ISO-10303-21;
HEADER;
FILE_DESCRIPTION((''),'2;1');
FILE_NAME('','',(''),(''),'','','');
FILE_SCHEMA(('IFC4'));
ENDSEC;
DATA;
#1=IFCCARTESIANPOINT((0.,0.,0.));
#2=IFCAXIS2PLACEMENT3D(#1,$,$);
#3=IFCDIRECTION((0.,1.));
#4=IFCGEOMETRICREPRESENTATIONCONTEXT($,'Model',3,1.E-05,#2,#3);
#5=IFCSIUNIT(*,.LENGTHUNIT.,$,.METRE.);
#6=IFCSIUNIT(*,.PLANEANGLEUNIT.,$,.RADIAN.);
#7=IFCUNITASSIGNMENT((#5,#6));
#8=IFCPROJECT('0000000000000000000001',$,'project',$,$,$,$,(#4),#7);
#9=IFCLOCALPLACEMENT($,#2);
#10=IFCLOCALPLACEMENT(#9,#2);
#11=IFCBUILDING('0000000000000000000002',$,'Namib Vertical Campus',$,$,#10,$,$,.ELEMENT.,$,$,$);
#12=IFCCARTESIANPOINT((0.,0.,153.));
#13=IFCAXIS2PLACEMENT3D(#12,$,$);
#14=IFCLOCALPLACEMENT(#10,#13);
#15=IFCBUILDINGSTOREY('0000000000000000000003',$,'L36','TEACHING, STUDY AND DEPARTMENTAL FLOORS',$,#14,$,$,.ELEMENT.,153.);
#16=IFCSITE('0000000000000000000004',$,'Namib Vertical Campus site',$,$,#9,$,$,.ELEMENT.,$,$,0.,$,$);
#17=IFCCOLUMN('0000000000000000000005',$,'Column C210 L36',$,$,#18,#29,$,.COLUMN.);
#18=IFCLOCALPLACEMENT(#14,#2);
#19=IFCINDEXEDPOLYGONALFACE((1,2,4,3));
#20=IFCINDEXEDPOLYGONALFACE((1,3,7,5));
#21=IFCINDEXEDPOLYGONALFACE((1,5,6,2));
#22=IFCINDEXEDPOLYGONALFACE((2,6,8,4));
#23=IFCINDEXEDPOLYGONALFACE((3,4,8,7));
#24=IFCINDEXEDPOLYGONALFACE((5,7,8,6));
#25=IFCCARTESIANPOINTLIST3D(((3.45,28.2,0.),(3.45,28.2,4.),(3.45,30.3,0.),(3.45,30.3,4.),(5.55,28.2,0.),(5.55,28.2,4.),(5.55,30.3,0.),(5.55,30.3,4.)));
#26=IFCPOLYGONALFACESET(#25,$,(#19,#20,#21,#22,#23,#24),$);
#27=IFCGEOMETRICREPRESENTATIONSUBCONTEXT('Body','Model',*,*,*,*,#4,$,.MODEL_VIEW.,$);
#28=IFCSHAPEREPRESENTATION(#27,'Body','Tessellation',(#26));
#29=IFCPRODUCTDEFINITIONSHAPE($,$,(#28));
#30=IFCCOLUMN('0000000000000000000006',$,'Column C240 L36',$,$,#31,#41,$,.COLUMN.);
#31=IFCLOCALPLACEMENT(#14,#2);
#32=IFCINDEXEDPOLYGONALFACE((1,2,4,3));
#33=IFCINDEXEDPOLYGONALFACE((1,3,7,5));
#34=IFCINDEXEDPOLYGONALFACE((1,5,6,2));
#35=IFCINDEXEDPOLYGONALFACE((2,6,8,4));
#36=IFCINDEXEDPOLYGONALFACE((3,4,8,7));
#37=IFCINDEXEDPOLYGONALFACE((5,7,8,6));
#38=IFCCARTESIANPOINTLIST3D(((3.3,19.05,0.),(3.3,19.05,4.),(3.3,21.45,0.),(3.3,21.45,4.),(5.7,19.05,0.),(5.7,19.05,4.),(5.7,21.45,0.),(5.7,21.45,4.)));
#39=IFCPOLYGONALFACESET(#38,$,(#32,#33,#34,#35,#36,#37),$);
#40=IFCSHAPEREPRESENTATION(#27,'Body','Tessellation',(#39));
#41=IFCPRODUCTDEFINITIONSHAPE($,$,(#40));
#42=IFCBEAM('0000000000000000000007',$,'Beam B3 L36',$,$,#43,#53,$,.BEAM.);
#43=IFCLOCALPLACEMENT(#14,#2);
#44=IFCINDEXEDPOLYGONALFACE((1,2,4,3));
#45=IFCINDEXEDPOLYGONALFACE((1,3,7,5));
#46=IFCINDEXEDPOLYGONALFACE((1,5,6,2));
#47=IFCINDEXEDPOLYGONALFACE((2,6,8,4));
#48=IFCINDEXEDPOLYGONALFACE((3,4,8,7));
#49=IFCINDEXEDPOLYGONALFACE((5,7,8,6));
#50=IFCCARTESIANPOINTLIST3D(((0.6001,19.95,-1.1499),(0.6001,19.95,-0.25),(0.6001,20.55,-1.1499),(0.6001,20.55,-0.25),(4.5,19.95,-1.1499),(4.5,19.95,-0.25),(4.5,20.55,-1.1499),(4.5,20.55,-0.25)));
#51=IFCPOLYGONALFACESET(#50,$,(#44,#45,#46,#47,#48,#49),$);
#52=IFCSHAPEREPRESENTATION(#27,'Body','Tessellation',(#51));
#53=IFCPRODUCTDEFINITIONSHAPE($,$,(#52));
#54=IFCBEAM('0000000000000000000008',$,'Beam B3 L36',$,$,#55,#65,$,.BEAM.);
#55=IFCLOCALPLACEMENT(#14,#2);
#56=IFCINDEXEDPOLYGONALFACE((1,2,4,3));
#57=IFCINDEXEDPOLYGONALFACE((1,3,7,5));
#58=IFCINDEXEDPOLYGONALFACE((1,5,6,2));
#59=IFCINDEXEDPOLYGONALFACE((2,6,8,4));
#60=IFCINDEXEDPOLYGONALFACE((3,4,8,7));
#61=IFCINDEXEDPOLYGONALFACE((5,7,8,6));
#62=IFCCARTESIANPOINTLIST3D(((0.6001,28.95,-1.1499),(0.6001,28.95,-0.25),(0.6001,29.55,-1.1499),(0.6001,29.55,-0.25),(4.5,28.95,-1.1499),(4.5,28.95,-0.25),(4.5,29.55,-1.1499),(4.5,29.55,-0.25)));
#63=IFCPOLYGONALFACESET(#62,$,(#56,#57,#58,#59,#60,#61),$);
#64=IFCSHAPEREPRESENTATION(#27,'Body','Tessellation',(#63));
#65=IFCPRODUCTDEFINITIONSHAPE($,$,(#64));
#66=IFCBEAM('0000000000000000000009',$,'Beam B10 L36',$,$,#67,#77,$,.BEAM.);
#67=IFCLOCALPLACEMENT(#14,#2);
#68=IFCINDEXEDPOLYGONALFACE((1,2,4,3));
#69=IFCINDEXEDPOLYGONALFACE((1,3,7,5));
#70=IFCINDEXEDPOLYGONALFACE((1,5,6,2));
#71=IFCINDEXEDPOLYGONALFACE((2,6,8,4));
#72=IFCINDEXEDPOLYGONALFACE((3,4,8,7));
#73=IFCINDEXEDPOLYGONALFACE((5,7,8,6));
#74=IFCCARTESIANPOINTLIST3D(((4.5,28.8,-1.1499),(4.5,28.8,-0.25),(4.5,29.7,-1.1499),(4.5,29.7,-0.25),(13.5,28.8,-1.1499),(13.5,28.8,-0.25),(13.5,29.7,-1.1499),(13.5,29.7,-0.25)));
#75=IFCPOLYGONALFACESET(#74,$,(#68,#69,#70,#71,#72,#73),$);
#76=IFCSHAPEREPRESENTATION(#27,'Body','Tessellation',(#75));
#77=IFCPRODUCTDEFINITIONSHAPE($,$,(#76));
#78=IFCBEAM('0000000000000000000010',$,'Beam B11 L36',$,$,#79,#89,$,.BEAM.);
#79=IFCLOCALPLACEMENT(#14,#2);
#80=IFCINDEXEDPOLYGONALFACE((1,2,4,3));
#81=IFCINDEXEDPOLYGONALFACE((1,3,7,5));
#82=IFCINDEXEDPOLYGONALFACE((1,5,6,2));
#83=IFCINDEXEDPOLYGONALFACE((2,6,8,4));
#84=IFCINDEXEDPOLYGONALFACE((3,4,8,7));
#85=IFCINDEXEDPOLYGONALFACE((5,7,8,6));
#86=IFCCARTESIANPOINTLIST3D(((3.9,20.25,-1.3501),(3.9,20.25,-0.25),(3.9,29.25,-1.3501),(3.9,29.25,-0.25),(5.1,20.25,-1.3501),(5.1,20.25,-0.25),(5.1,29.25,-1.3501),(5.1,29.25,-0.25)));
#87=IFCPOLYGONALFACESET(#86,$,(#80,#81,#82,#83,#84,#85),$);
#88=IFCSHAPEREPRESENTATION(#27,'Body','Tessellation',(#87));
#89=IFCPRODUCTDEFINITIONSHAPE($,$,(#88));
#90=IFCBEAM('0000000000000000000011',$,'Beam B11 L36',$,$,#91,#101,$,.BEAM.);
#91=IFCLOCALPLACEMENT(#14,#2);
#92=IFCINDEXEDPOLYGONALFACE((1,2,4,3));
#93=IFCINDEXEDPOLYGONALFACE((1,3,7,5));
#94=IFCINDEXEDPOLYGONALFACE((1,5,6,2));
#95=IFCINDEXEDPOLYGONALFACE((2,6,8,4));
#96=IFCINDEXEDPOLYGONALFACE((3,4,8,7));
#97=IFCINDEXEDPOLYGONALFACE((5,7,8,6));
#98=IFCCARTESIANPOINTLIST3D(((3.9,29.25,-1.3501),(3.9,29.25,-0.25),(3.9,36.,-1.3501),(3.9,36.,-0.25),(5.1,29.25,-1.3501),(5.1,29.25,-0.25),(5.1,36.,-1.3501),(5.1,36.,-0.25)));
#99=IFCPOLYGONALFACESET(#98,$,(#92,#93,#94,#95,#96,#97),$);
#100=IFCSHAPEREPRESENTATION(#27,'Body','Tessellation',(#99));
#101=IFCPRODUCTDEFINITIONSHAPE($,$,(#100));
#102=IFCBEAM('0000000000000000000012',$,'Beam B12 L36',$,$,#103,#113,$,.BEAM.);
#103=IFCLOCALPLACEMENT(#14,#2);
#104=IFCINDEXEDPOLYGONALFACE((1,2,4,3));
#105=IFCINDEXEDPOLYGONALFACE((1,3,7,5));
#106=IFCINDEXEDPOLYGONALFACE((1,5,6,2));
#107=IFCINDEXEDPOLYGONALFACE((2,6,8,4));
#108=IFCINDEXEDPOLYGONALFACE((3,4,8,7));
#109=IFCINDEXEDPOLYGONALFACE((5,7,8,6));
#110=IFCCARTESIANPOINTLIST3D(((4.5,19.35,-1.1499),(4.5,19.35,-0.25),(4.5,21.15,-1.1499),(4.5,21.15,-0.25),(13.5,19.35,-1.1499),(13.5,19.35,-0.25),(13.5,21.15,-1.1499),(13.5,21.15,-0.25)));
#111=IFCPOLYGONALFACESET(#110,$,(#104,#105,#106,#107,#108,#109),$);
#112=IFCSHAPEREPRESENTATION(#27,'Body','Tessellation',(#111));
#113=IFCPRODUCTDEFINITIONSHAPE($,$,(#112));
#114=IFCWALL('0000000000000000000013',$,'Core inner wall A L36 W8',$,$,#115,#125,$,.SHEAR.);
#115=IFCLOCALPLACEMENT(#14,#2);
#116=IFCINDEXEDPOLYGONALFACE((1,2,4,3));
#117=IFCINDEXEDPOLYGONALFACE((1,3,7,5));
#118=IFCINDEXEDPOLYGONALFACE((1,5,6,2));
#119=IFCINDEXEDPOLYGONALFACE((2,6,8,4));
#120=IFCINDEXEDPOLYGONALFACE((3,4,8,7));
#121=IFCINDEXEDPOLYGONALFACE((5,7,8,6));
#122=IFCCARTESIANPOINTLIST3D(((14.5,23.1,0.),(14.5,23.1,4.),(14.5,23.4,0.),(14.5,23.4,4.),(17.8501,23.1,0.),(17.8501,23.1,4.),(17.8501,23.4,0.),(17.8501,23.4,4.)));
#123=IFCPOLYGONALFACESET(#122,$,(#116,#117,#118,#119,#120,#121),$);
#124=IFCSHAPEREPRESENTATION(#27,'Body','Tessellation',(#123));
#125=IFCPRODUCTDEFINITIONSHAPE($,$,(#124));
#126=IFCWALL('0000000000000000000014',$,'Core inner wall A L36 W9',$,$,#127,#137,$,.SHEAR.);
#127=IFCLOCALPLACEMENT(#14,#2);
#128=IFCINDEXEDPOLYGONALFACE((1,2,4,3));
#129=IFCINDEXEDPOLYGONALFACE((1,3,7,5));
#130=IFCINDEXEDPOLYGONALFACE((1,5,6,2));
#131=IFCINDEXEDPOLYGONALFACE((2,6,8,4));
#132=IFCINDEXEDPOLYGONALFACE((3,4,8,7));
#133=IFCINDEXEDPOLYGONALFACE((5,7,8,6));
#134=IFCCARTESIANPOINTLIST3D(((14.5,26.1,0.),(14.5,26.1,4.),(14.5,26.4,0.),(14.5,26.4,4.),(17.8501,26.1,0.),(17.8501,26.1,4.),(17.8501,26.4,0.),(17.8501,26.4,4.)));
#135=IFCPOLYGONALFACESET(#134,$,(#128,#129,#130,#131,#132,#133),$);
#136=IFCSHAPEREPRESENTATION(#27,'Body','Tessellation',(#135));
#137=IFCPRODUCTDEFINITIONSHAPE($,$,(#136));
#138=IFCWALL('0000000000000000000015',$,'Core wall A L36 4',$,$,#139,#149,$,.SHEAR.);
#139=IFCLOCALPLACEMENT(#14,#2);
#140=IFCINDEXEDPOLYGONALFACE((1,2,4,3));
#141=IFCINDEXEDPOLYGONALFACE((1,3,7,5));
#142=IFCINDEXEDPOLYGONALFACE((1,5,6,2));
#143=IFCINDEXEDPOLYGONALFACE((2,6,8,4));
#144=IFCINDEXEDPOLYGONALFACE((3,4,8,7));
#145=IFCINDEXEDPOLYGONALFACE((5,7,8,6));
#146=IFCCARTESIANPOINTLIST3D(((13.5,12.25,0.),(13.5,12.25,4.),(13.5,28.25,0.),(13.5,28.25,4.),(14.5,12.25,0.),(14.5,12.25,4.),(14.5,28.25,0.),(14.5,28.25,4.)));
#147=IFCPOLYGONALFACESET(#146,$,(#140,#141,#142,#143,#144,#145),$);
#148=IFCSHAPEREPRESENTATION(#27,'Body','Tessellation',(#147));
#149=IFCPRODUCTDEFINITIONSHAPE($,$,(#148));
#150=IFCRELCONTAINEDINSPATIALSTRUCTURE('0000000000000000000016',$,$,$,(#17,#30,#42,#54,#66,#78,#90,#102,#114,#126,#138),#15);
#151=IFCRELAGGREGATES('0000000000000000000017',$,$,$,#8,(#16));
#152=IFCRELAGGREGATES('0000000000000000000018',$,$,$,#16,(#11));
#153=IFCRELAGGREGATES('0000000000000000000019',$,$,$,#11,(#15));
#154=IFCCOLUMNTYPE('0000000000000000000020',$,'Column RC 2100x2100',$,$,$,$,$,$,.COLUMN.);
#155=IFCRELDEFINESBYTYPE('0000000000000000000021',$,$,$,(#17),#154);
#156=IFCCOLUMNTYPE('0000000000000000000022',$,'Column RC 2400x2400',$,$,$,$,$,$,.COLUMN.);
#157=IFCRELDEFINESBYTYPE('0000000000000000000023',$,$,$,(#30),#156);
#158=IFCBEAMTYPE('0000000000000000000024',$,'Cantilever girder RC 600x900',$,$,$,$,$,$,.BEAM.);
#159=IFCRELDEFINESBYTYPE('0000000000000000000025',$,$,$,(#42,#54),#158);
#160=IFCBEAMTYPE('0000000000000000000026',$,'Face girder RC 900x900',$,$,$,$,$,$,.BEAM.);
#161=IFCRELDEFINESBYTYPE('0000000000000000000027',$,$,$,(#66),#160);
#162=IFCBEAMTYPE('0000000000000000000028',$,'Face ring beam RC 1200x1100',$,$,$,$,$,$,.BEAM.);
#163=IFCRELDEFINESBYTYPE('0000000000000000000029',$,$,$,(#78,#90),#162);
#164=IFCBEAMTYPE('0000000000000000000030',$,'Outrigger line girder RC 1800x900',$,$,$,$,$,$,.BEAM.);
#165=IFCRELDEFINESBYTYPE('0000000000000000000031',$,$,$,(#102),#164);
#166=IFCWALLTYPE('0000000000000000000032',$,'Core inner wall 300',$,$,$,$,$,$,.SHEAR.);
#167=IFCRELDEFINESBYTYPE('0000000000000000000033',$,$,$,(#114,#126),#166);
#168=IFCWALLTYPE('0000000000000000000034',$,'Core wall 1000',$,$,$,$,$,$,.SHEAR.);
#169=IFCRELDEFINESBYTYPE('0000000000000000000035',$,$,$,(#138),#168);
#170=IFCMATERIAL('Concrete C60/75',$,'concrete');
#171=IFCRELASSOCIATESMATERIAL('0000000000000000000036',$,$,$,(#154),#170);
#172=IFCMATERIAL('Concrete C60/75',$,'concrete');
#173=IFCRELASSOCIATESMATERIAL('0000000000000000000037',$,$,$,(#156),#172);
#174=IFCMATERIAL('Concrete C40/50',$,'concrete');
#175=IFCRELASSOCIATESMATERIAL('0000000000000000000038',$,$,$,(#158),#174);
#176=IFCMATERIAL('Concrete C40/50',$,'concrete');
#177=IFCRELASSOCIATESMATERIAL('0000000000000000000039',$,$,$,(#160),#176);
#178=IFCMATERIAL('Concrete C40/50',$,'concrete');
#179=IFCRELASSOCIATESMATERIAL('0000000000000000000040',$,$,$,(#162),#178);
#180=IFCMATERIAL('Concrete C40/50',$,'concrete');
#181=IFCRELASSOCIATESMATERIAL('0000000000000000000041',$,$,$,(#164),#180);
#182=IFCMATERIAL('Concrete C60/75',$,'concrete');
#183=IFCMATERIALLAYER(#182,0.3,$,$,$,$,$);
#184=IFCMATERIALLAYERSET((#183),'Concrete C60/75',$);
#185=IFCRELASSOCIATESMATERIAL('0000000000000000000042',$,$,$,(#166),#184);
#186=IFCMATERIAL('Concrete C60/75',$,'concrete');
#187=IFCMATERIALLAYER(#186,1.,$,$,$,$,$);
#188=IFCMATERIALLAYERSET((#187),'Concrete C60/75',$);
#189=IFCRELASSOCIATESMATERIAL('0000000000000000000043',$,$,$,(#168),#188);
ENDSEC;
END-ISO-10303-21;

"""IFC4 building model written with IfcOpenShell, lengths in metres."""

from ifc_helpers import new_model, si_unit, direction, frame, frame_2d, origin, origin_2d, place, context, subcontext, project, spatial, rectangle, extrude, material, layer, layer_set, material_profile, profile_set, type_object, element, save


model = new_model("IFC4")

# Units and contexts
model_context = context("Model", 3, precision=1e-05, world=origin(), true_north=direction((0.0, 1.0)))
body_context = subcontext(model_context, "Body", "Model", "MODEL_VIEW")
ifc_project = project(units=[si_unit("LENGTHUNIT", "METRE"), si_unit("PLANEANGLEUNIT", "RADIAN")], contexts=[model_context])

# Site, building, storey
site_placement = place(None, origin())
site = spatial("IfcSite", under=ifc_project, at=site_placement, Name="Namib Vertical Campus site", CompositionType="ELEMENT", RefElevation=0.0)
building_placement = place(site_placement, origin())
building = spatial("IfcBuilding", under=site, at=building_placement, Name="Namib Vertical Campus", CompositionType="ELEMENT")
storey_placement = place(building_placement, frame((0.0, 0.0, 153.0)))
storey = spatial("IfcBuildingStorey", under=building, at=storey_placement, Name="L36", Description="TEACHING, STUDY AND DEPARTMENTAL FLOORS", CompositionType="ELEMENT", Elevation=153.0)

# Columns
ifc_material_1 = material(Name="Concrete C60/75", Category="concrete")
ifc_material_profile_1 = material_profile(ifc_material_1, rectangle(XDim=2.1001, YDim=2.1001, at=origin_2d()))
ifc_profile_set_1 = profile_set([ifc_material_profile_1], Name="Concrete C60/75")
column_type_1 = type_object("IfcColumnType", Name="Column RC 2100x2100", PredefinedType="COLUMN", material=ifc_profile_set_1)
column_1_placement = place(storey_placement, frame((4.5, 29.25, 0.0), z_axis=(0.0, 0.0, 1.0), x_axis=(1.0, 0.0, 0.0)))
element("IfcColumn", 1, at=column_1_placement, inside=storey, type_object=column_type_1, Name="Column C210 L36", PredefinedType="COLUMN", context=body_context, shape_type="SweptSolid", body=[
    extrude(rectangle(XDim=2.1001, YDim=2.1001, at=origin_2d()), origin(), (0.0, 0.0, 1.0), 4.0),
])
ifc_material_2 = material(Name="Concrete C60/75", Category="concrete")
ifc_material_profile_2 = material_profile(ifc_material_2, rectangle(XDim=2.3999, YDim=2.3999, at=origin_2d()))
ifc_profile_set_2 = profile_set([ifc_material_profile_2], Name="Concrete C60/75")
column_type_2 = type_object("IfcColumnType", Name="Column RC 2400x2400", PredefinedType="COLUMN", material=ifc_profile_set_2)
column_2_placement = place(storey_placement, frame((4.5, 20.25, 0.0), z_axis=(0.0, 0.0, 1.0), x_axis=(1.0, 0.0, 0.0)))
element("IfcColumn", 2, at=column_2_placement, inside=storey, type_object=column_type_2, Name="Column C240 L36", PredefinedType="COLUMN", context=body_context, shape_type="SweptSolid", body=[
    extrude(rectangle(XDim=2.3999, YDim=2.3999, at=origin_2d()), origin(), (0.0, 0.0, 1.0), 4.0),
])

# Beams
ifc_material_3 = material(Name="Concrete C40/50", Category="concrete")
ifc_material_profile_3 = material_profile(ifc_material_3, rectangle(XDim=0.6001, YDim=0.8999, at=origin_2d()))
ifc_profile_set_3 = profile_set([ifc_material_profile_3], Name="Concrete C40/50")
beam_type_1 = type_object("IfcBeamType", Name="Cantilever girder RC 600x900", PredefinedType="BEAM", material=ifc_profile_set_3)
for number, where, z_axis, x_axis, name in (
    (3, (4.5, 20.25, -0.7), (-1.0, 0.0, 0.0), (0.0, -1.0, 0.0), "Beam B3 L36"),
    (4, (4.5, 29.25, -0.7), (-1.0, 0.0, 0.0), (0.0, -1.0, 0.0), "Beam B3 L36"),
):
    element("IfcBeam", number, at=place(storey_placement, frame(where, z_axis=z_axis, x_axis=x_axis)), inside=storey, type_object=beam_type_1, Name=name, PredefinedType="BEAM", context=body_context, shape_type="SweptSolid", body=[
        extrude(rectangle(XDim=0.6001, YDim=0.8999, at=origin_2d()), origin(), (0.0, 0.0, 1.0), 3.8999),
    ])
ifc_material_4 = material(Name="Concrete C40/50", Category="concrete")
ifc_material_profile_4 = material_profile(ifc_material_4, rectangle(XDim=0.8999, YDim=0.8999, at=origin_2d()))
ifc_profile_set_4 = profile_set([ifc_material_profile_4], Name="Concrete C40/50")
beam_type_2 = type_object("IfcBeamType", Name="Face girder RC 900x900", PredefinedType="BEAM", material=ifc_profile_set_4)
beam_1_placement = place(storey_placement, frame((4.5, 29.25, -0.7), z_axis=(1.0, 0.0, 0.0), x_axis=(0.0, 1.0, 0.0)))
element("IfcBeam", 5, at=beam_1_placement, inside=storey, type_object=beam_type_2, Name="Beam B10 L36", PredefinedType="BEAM", context=body_context, shape_type="SweptSolid", body=[
    extrude(rectangle(XDim=0.8999, YDim=0.8999, at=origin_2d()), origin(), (0.0, 0.0, 1.0), 9.0),
])
ifc_material_5 = material(Name="Concrete C40/50", Category="concrete")
ifc_material_profile_5 = material_profile(ifc_material_5, rectangle(XDim=1.2, YDim=1.1001, at=origin_2d()))
ifc_profile_set_5 = profile_set([ifc_material_profile_5], Name="Concrete C40/50")
beam_type_3 = type_object("IfcBeamType", Name="Face ring beam RC 1200x1100", PredefinedType="BEAM", material=ifc_profile_set_5)
beam_2_placement = place(storey_placement, frame((4.5, 20.25, -0.8), z_axis=(0.0, 1.0, 0.0), x_axis=(-1.0, 0.0, 0.0)))
element("IfcBeam", 6, at=beam_2_placement, inside=storey, type_object=beam_type_3, Name="Beam B11 L36", PredefinedType="BEAM", context=body_context, shape_type="SweptSolid", body=[
    extrude(rectangle(XDim=1.2, YDim=1.1001, at=origin_2d()), origin(), (0.0, 0.0, 1.0), 9.0),
])
beam_3_placement = place(storey_placement, frame((4.5, 29.25, -0.8), z_axis=(0.0, 1.0, 0.0), x_axis=(-1.0, 0.0, 0.0)))
element("IfcBeam", 7, at=beam_3_placement, inside=storey, type_object=beam_type_3, Name="Beam B11 L36", PredefinedType="BEAM", context=body_context, shape_type="SweptSolid", body=[
    extrude(rectangle(XDim=1.2, YDim=1.1001, at=origin_2d()), origin(), (0.0, 0.0, 1.0), 6.75),
])
ifc_material_6 = material(Name="Concrete C40/50", Category="concrete")
ifc_material_profile_6 = material_profile(ifc_material_6, rectangle(XDim=1.8, YDim=0.8999, at=origin_2d()))
ifc_profile_set_6 = profile_set([ifc_material_profile_6], Name="Concrete C40/50")
beam_type_4 = type_object("IfcBeamType", Name="Outrigger line girder RC 1800x900", PredefinedType="BEAM", material=ifc_profile_set_6)
beam_4_placement = place(storey_placement, frame((4.5, 20.25, -0.7), z_axis=(1.0, 0.0, 0.0), x_axis=(0.0, 1.0, 0.0)))
element("IfcBeam", 8, at=beam_4_placement, inside=storey, type_object=beam_type_4, Name="Beam B12 L36", PredefinedType="BEAM", context=body_context, shape_type="SweptSolid", body=[
    extrude(rectangle(XDim=1.8, YDim=0.8999, at=origin_2d()), origin(), (0.0, 0.0, 1.0), 9.0),
])

# Walls
ifc_material_7 = material(Name="Concrete C60/75", Category="concrete")
ifc_layer_1 = layer(ifc_material_7, 0.3)
ifc_layer_set_1 = layer_set([ifc_layer_1], Name="Concrete C60/75")
wall_type_1 = type_object("IfcWallType", Name="Core inner wall 300", PredefinedType="SHEAR", material=ifc_layer_set_1)
for number, where, z_axis, x_axis, name in (
    (9, (14.5, 23.25, 0.0), (0.0, 0.0, 1.0), (1.0, 0.0, 0.0), "Core inner wall A L36 W8"),
    (10, (14.5, 26.25, 0.0), (0.0, 0.0, 1.0), (1.0, 0.0, 0.0), "Core inner wall A L36 W9"),
):
    element("IfcWall", number, at=place(storey_placement, frame(where, z_axis=z_axis, x_axis=x_axis)), inside=storey, type_object=wall_type_1, Name=name, PredefinedType="SHEAR", context=body_context, shape_type="SweptSolid", body=[
        extrude(rectangle(XDim=3.3501, YDim=0.3, at=frame_2d((1.675, 0.0))), origin(), (0.0, 0.0, 1.0), 4.0),
    ])
ifc_material_8 = material(Name="Concrete C60/75", Category="concrete")
ifc_layer_2 = layer(ifc_material_8, 1.0)
ifc_layer_set_2 = layer_set([ifc_layer_2], Name="Concrete C60/75")
wall_type_2 = type_object("IfcWallType", Name="Core wall 1000", PredefinedType="SHEAR", material=ifc_layer_set_2)
wall_1_placement = place(storey_placement, frame((14.0, 28.25, 0.0), z_axis=(0.0, 0.0, 1.0), x_axis=(0.0, -1.0, 0.0)))
element("IfcWall", 11, at=wall_1_placement, inside=storey, type_object=wall_type_2, Name="Core wall A L36 4", PredefinedType="SHEAR", context=body_context, shape_type="SweptSolid", body=[
    extrude(rectangle(XDim=16.0, YDim=1.0, at=frame_2d((8.0, 0.0))), origin(), (0.0, 0.0, 1.0), 4.0),
])

save(model, "model.ifc")
